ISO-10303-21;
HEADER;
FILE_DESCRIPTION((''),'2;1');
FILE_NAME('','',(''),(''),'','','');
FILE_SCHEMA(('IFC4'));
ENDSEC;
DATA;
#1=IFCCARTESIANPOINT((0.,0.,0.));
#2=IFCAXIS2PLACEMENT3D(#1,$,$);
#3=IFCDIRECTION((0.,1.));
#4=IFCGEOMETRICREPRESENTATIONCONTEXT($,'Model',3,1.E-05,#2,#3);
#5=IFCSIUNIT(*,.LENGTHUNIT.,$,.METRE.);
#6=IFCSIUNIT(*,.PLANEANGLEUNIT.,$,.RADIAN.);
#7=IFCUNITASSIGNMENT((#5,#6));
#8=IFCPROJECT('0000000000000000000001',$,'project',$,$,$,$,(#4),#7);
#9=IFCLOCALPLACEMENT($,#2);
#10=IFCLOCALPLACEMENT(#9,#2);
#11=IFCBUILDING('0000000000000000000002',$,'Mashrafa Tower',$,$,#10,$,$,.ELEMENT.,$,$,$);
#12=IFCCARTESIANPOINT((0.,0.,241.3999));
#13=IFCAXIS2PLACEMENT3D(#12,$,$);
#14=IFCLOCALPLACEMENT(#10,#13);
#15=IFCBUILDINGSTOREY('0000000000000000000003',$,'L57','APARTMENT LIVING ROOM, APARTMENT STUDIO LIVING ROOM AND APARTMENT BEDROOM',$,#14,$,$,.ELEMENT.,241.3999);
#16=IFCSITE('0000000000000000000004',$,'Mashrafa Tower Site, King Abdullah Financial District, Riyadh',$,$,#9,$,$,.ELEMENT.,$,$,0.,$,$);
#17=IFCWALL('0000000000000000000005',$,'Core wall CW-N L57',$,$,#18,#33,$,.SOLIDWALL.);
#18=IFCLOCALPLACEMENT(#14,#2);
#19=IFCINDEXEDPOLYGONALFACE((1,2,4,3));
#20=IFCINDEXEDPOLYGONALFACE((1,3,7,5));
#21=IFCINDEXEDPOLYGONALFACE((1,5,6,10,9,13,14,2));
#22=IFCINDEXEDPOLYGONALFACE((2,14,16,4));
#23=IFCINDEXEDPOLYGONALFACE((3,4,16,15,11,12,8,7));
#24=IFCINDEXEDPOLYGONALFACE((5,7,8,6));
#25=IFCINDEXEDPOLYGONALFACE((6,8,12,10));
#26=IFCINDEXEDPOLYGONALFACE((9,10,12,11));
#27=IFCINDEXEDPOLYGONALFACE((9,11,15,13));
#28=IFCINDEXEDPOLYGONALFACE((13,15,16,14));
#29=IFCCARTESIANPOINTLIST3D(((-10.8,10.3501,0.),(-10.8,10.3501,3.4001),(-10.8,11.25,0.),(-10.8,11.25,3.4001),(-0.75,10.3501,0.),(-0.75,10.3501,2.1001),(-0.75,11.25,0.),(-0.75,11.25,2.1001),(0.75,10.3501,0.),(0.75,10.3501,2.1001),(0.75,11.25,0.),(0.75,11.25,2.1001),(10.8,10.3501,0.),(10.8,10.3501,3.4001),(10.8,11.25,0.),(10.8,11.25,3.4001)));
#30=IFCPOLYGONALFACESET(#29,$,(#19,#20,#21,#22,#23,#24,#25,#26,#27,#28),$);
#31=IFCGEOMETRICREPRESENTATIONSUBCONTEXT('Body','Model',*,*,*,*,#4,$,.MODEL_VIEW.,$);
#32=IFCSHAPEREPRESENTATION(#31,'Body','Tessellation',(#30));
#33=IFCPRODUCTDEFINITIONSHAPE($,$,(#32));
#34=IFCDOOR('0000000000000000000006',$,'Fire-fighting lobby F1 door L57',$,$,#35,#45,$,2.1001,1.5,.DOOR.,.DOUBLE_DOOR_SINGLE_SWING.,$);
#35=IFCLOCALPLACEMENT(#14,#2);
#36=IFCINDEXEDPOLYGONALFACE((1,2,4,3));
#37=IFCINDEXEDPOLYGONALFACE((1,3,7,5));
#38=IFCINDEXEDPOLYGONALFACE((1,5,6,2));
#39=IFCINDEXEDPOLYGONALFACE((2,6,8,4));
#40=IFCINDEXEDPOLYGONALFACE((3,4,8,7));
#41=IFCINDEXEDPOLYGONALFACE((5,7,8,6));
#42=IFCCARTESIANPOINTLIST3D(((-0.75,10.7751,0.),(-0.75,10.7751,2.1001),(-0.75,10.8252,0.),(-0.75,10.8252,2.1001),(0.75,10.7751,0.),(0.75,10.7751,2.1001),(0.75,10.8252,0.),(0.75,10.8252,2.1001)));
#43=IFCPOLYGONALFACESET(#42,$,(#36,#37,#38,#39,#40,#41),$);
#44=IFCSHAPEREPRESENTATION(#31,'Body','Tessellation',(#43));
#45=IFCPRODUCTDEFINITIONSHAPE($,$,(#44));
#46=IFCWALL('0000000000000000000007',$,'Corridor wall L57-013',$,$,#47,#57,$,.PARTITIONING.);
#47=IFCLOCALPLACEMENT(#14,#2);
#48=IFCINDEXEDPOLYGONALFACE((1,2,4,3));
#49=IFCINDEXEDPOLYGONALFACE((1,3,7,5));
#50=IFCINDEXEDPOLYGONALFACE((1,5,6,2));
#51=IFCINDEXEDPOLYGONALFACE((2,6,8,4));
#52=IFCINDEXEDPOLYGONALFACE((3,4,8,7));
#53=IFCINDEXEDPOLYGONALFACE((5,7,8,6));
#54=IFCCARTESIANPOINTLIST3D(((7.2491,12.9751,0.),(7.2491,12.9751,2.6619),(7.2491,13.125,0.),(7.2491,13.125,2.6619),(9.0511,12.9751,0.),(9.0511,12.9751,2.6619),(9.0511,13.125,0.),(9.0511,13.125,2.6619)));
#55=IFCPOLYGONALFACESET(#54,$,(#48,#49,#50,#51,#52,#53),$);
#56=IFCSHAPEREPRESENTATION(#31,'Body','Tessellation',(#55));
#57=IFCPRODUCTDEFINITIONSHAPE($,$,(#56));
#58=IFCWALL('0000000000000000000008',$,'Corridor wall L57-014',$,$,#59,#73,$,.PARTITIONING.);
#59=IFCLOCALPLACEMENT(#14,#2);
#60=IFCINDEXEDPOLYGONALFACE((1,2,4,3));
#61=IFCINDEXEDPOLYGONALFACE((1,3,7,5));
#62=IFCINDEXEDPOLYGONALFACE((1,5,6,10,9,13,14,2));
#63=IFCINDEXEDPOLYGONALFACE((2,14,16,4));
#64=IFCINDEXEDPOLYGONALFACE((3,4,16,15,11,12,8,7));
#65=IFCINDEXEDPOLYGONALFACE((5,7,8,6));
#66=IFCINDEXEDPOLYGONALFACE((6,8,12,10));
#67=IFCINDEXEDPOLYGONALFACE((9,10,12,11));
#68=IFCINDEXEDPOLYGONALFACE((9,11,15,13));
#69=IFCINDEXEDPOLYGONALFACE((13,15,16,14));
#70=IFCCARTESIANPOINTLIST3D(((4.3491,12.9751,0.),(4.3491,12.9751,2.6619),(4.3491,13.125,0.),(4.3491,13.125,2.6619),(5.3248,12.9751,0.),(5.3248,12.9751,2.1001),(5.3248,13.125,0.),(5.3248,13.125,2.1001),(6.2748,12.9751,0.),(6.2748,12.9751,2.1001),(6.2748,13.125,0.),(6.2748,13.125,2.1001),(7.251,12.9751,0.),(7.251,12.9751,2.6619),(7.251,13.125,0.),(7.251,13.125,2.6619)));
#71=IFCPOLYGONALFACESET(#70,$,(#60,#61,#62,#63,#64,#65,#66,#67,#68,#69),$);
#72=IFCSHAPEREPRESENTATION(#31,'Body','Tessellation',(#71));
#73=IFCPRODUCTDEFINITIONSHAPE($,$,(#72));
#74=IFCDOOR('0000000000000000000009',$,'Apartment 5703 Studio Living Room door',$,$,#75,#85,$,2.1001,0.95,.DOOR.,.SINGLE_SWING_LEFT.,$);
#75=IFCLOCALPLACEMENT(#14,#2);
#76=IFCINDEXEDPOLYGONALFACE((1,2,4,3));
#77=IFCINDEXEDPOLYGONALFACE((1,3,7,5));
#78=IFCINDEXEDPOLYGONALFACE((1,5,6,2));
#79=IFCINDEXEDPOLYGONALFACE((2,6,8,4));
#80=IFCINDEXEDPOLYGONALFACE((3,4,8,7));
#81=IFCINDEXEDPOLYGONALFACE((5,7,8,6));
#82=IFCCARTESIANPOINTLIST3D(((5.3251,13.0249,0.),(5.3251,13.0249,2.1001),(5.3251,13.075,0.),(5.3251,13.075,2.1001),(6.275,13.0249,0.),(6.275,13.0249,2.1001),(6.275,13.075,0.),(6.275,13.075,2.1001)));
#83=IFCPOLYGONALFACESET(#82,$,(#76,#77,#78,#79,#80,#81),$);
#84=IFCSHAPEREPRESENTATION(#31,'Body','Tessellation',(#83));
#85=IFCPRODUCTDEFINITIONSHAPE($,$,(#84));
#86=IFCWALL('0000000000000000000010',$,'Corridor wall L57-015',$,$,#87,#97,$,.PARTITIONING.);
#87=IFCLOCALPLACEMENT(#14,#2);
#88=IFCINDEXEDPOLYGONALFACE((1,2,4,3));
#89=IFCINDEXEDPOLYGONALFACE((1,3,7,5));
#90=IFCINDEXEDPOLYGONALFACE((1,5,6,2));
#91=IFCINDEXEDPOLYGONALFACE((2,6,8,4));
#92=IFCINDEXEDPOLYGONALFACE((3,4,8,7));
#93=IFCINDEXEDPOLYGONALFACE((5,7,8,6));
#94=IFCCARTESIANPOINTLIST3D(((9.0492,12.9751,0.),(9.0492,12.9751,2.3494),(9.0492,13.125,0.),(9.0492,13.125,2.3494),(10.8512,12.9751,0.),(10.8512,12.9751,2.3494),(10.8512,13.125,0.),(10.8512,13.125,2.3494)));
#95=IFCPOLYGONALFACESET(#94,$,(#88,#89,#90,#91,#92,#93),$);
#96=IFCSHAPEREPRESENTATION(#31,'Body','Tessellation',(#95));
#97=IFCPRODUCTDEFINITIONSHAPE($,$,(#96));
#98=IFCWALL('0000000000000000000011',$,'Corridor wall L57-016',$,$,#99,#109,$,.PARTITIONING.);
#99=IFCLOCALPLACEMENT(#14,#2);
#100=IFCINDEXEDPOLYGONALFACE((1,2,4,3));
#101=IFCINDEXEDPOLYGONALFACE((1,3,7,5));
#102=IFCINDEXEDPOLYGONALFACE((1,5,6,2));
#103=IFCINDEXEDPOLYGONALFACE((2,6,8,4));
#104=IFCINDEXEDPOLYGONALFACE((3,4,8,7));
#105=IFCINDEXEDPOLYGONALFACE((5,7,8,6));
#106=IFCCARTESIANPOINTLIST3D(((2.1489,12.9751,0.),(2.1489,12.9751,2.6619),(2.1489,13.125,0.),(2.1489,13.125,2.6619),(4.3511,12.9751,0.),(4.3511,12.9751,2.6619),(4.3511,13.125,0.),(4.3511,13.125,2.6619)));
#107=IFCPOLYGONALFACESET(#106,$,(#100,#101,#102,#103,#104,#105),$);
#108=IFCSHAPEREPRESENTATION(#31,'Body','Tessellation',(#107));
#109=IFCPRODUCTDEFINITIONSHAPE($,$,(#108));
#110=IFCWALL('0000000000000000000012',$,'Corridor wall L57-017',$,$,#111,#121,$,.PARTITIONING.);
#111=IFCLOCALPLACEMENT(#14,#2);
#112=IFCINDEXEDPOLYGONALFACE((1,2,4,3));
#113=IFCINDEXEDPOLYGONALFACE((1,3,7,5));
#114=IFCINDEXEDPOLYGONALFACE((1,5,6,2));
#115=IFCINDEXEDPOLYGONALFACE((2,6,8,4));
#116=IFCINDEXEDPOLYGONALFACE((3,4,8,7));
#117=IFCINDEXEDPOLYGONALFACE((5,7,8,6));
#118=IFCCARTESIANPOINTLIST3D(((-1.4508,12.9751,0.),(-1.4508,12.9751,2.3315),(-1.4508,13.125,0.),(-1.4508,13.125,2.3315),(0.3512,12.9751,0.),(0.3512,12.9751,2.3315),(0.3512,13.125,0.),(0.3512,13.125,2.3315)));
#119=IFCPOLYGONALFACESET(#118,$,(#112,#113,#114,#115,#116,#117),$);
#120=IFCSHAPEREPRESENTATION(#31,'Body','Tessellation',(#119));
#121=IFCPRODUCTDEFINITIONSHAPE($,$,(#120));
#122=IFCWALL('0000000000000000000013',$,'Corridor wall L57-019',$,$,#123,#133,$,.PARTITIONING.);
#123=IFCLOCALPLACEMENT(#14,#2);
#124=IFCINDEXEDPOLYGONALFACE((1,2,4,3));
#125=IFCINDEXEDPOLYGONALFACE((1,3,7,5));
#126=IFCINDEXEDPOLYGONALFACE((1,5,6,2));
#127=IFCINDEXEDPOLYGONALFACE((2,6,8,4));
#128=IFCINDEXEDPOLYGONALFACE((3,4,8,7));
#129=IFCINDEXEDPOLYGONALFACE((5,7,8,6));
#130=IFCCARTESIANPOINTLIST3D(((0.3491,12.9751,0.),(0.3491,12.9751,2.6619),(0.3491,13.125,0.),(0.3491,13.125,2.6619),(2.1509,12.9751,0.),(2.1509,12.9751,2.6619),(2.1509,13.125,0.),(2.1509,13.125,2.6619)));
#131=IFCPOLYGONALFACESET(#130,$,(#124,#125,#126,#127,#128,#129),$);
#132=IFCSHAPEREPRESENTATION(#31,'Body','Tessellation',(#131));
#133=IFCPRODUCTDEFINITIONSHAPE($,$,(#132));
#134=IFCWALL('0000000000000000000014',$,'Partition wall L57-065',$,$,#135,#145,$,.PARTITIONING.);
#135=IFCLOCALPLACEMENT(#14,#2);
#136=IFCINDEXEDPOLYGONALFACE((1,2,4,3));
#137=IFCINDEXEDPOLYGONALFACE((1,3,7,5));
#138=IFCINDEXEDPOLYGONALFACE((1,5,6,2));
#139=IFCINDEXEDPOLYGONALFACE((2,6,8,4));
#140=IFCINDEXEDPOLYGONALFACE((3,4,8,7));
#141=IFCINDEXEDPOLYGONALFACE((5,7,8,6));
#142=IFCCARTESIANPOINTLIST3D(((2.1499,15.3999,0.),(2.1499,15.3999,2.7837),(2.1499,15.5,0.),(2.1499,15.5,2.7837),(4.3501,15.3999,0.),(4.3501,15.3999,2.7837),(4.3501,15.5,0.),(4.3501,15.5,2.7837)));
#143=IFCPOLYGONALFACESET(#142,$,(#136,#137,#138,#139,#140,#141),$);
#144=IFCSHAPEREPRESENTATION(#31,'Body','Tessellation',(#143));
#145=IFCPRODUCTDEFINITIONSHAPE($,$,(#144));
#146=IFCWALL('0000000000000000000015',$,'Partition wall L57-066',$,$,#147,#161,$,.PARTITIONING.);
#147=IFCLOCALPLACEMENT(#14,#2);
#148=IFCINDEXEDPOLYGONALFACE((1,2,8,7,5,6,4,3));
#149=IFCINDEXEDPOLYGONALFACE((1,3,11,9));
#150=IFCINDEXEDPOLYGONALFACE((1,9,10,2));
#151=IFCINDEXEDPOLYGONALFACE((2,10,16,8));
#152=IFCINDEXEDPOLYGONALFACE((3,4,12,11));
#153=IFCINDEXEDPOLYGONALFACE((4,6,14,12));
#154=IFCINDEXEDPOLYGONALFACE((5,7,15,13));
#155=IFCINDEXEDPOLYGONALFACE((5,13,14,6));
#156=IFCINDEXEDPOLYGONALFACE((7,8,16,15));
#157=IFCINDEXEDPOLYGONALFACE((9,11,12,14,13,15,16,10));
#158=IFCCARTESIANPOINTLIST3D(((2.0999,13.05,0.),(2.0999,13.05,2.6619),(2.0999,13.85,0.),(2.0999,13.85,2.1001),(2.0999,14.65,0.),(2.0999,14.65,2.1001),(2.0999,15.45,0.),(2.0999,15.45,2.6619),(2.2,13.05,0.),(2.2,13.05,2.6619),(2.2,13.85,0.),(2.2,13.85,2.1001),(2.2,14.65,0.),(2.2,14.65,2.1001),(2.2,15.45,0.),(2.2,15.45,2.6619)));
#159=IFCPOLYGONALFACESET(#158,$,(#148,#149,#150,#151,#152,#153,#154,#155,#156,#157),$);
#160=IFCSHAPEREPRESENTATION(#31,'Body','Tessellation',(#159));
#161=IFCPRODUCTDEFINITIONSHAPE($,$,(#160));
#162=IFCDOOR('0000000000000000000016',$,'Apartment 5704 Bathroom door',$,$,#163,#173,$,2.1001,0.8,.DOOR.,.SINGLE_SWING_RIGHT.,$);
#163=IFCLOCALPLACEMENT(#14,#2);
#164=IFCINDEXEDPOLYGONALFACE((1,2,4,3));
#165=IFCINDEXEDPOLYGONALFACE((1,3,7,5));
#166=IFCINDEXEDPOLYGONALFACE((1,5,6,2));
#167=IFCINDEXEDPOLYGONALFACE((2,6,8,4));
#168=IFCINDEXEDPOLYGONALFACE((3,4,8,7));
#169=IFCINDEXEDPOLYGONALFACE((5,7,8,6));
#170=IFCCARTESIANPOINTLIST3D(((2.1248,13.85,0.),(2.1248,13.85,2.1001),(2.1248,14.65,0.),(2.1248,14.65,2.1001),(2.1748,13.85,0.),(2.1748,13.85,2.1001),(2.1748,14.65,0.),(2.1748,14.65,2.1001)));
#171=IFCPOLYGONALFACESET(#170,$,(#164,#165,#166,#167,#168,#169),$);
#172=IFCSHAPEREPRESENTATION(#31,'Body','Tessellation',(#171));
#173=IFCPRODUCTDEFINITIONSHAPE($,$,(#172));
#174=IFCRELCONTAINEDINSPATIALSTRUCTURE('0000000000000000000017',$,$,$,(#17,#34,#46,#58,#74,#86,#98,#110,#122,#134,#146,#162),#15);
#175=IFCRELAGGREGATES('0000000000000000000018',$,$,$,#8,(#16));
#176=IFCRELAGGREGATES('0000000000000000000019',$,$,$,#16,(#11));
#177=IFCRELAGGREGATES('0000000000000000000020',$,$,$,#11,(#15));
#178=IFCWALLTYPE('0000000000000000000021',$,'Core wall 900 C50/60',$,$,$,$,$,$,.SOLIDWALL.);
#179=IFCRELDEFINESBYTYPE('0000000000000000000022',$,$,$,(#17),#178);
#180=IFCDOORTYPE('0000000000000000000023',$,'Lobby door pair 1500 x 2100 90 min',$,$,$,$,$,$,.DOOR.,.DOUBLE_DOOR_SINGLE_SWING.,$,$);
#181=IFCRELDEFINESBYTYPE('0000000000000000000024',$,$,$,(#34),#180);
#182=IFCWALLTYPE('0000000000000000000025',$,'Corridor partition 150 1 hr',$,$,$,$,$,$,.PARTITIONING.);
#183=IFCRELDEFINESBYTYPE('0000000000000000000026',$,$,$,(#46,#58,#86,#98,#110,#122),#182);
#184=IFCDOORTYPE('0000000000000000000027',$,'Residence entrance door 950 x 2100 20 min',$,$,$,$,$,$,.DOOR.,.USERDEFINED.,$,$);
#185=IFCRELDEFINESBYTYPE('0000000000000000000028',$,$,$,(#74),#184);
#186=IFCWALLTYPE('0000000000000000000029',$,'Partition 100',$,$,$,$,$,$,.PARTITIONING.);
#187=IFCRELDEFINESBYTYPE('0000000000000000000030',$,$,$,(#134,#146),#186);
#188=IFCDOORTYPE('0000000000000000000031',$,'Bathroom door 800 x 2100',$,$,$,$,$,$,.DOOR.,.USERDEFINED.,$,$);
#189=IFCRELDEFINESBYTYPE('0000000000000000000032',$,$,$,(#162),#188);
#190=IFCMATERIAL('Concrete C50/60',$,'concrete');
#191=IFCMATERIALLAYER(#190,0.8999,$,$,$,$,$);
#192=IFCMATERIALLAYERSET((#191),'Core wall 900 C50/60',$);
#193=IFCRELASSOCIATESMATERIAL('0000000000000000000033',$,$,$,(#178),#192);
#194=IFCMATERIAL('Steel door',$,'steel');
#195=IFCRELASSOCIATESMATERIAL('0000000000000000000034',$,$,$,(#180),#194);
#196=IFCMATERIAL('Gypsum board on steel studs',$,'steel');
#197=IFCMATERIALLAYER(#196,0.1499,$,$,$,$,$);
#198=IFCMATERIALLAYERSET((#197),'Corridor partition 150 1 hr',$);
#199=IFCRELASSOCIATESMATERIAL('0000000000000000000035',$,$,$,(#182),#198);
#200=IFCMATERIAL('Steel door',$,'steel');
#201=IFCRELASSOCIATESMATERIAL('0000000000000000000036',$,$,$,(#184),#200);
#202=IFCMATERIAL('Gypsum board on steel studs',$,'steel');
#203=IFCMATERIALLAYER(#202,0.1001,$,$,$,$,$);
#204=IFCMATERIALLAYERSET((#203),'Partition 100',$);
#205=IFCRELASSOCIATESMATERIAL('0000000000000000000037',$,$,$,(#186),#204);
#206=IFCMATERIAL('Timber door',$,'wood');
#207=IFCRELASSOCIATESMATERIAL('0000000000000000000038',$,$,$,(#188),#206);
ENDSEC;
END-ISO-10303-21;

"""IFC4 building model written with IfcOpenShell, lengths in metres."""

from ifc_helpers import new_model, si_unit, direction, frame, frame_2d, origin, place, context, subcontext, project, spatial, rectangle, extrude, material, layer, layer_set, type_object, element, fill, save


model = new_model("IFC4")

# Units and contexts
model_context = context("Model", 3, precision=1e-05, world=origin(), true_north=direction((0.0, 1.0)))
body_context = subcontext(model_context, "Body", "Model", "MODEL_VIEW")
ifc_project = project(units=[si_unit("LENGTHUNIT", "METRE"), si_unit("PLANEANGLEUNIT", "RADIAN")], contexts=[model_context])

# Site, building, storey
site_placement = place(None, origin())
site = spatial("IfcSite", under=ifc_project, at=site_placement, Name="Mashrafa Tower Site, King Abdullah Financial District, Riyadh", CompositionType="ELEMENT", RefElevation=0.0)
building_placement = place(site_placement, origin())
building = spatial("IfcBuilding", under=site, at=building_placement, Name="Mashrafa Tower", CompositionType="ELEMENT")
storey_placement = place(building_placement, frame((0.0, 0.0, 241.3999)))
storey = spatial("IfcBuildingStorey", under=building, at=storey_placement, Name="L57", Description="APARTMENT LIVING ROOM, APARTMENT STUDIO LIVING ROOM AND APARTMENT BEDROOM", CompositionType="ELEMENT", Elevation=241.3999)

# Wall, opening, door
ifc_material_1 = material(Name="Concrete C50/60", Category="concrete")
ifc_layer_1 = layer(ifc_material_1, 0.8999)
ifc_layer_set_1 = layer_set([ifc_layer_1], Name="Core wall 900 C50/60")
wall_type_1 = type_object("IfcWallType", Name="Core wall 900 C50/60", PredefinedType="SOLIDWALL", material=ifc_layer_set_1)
wall_1_placement = place(storey_placement, frame((10.8, 10.8, 0.0), z_axis=(0.0, 0.0, 1.0), x_axis=(-1.0, 0.0, 0.0)))
wall_1 = element("IfcWall", 1, at=wall_1_placement, inside=storey, type_object=wall_type_1, Name="Core wall CW-N L57", PredefinedType="SOLIDWALL", context=body_context, shape_type="SweptSolid", body=[
    extrude(rectangle(XDim=21.6001, YDim=0.8999, at=frame_2d((10.8, 0.0))), origin(), (0.0, 0.0, 1.0), 3.4001),
])
opening_1_placement = place(wall_1_placement, frame((10.05, 0.0, 0.0)))
opening_1 = element("IfcOpeningElement", 2, at=opening_1_placement, cuts=wall_1, PredefinedType="OPENING", context=body_context, shape_type="SweptSolid", body=[
    extrude(rectangle(XDim=1.5, YDim=2.1001, at=frame_2d((0.75, 1.05))), frame((0.0, 0.46, 0.0), z_axis=(0.0, -1.0, 0.0), x_axis=(1.0, 0.0, 0.0)), (0.0, 0.0, 1.0), 0.9199),
])
ifc_material_2 = material(Name="Steel door", Category="steel")
door_type_1 = type_object("IfcDoorType", Name="Lobby door pair 1500 x 2100 90 min", OperationType="DOUBLE_DOOR_SINGLE_SWING", PredefinedType="DOOR", material=ifc_material_2)
door_1_placement = place(opening_1_placement, origin())
door_1 = element("IfcDoor", 3, at=door_1_placement, inside=storey, type_object=door_type_1, Name="Fire-fighting lobby F1 door L57", OperationType="DOUBLE_DOOR_SINGLE_SWING", OverallHeight=2.1001, OverallWidth=1.5, PredefinedType="DOOR", context=body_context, shape_type="SweptSolid", body=[
    extrude(rectangle(XDim=1.5, YDim=2.1001, at=frame_2d((0.75, 1.05))), frame((0.0, 0.0249, 0.0), z_axis=(0.0, -1.0, 0.0), x_axis=(1.0, 0.0, 0.0)), (0.0, 0.0, 1.0), 0.05),
])
fill(opening_1, door_1)

# Wall
ifc_material_3 = material(Name="Gypsum board on steel studs", Category="steel")
ifc_layer_2 = layer(ifc_material_3, 0.1499)
ifc_layer_set_2 = layer_set([ifc_layer_2], Name="Corridor partition 150 1 hr")
wall_type_2 = type_object("IfcWallType", Name="Corridor partition 150 1 hr", PredefinedType="PARTITIONING", material=ifc_layer_set_2)
wall_2_placement = place(storey_placement, frame((9.051, 13.05, 0.0), z_axis=(0.0, 0.0, 1.0), x_axis=(-1.0, 0.0, 0.0)))
element("IfcWall", 4, at=wall_2_placement, inside=storey, type_object=wall_type_2, Name="Corridor wall L57-013", PredefinedType="PARTITIONING", context=body_context, shape_type="SweptSolid", body=[
    extrude(rectangle(XDim=1.802, YDim=0.1499, at=frame_2d((0.9009, 0.0))), origin(), (0.0, 0.0, 1.0), 2.6619),
])

# Wall, opening, door
wall_3_placement = place(storey_placement, frame((7.251, 13.05, 0.0), z_axis=(0.0, 0.0, 1.0), x_axis=(-1.0, 0.0, 0.0)))
wall_3 = element("IfcWall", 5, at=wall_3_placement, inside=storey, type_object=wall_type_2, Name="Corridor wall L57-014", PredefinedType="PARTITIONING", context=body_context, shape_type="SweptSolid", body=[
    extrude(rectangle(XDim=2.9019, YDim=0.1499, at=frame_2d((1.4509, 0.0))), origin(), (0.0, 0.0, 1.0), 2.6619),
])
opening_2_placement = place(wall_3_placement, frame((0.9761, 0.0, 0.0)))
opening_2 = element("IfcOpeningElement", 6, at=opening_2_placement, cuts=wall_3, PredefinedType="OPENING", context=body_context, shape_type="SweptSolid", body=[
    extrude(rectangle(XDim=0.95, YDim=2.1001, at=frame_2d((0.4751, 1.05))), frame((0.0, 0.085, 0.0), z_axis=(0.0, -1.0, 0.0), x_axis=(1.0, 0.0, 0.0)), (0.0, 0.0, 1.0), 0.1699),
])
ifc_material_4 = material(Name="Steel door", Category="steel")
door_type_2 = type_object("IfcDoorType", Name="Residence entrance door 950 x 2100 20 min", OperationType="USERDEFINED", PredefinedType="DOOR", material=ifc_material_4)
door_2_placement = place(opening_2_placement, frame((0.95, 0.0, 0.0), z_axis=(0.0, 0.0, 1.0), x_axis=(-1.0, 0.0, 0.0)))
door_2 = element("IfcDoor", 7, at=door_2_placement, inside=storey, type_object=door_type_2, Name="Apartment 5703 Studio Living Room door", OperationType="SINGLE_SWING_LEFT", OverallHeight=2.1001, OverallWidth=0.95, PredefinedType="DOOR", context=body_context, shape_type="SweptSolid", body=[
    extrude(rectangle(XDim=0.95, YDim=2.1001, at=frame_2d((0.4751, 1.05))), frame((0.0, 0.0249, 0.0), z_axis=(0.0, -1.0, 0.0), x_axis=(1.0, 0.0, 0.0)), (0.0, 0.0, 1.0), 0.05),
])
fill(opening_2, door_2)

# Walls
wall_4_placement = place(storey_placement, frame((10.8511, 13.05, 0.0), z_axis=(0.0, 0.0, 1.0), x_axis=(-1.0, 0.0, 0.0)))
element("IfcWall", 8, at=wall_4_placement, inside=storey, type_object=wall_type_2, Name="Corridor wall L57-015", PredefinedType="PARTITIONING", context=body_context, shape_type="SweptSolid", body=[
    extrude(rectangle(XDim=1.802, YDim=0.1499, at=frame_2d((0.9009, 0.0))), origin(), (0.0, 0.0, 1.0), 2.3494),
])
wall_5_placement = place(storey_placement, frame((4.3511, 13.05, 0.0), z_axis=(0.0, 0.0, 1.0), x_axis=(-1.0, 0.0, 0.0)))
element("IfcWall", 9, at=wall_5_placement, inside=storey, type_object=wall_type_2, Name="Corridor wall L57-016", PredefinedType="PARTITIONING", context=body_context, shape_type="SweptSolid", body=[
    extrude(rectangle(XDim=2.2021, YDim=0.1499, at=frame_2d((1.1011, 0.0))), origin(), (0.0, 0.0, 1.0), 2.6619),
])
wall_6_placement = place(storey_placement, frame((0.3511, 13.05, 0.0), z_axis=(0.0, 0.0, 1.0), x_axis=(-1.0, 0.0, 0.0)))
element("IfcWall", 10, at=wall_6_placement, inside=storey, type_object=wall_type_2, Name="Corridor wall L57-017", PredefinedType="PARTITIONING", context=body_context, shape_type="SweptSolid", body=[
    extrude(rectangle(XDim=1.802, YDim=0.1499, at=frame_2d((0.9009, 0.0))), origin(), (0.0, 0.0, 1.0), 2.3315),
])
wall_7_placement = place(storey_placement, frame((2.1509, 13.05, 0.0), z_axis=(0.0, 0.0, 1.0), x_axis=(-1.0, 0.0, 0.0)))
element("IfcWall", 11, at=wall_7_placement, inside=storey, type_object=wall_type_2, Name="Corridor wall L57-019", PredefinedType="PARTITIONING", context=body_context, shape_type="SweptSolid", body=[
    extrude(rectangle(XDim=1.8018, YDim=0.1499, at=frame_2d((0.9009, 0.0))), origin(), (0.0, 0.0, 1.0), 2.6619),
])
ifc_material_5 = material(Name="Gypsum board on steel studs", Category="steel")
ifc_layer_3 = layer(ifc_material_5, 0.1001)
ifc_layer_set_3 = layer_set([ifc_layer_3], Name="Partition 100")
wall_type_3 = type_object("IfcWallType", Name="Partition 100", PredefinedType="PARTITIONING", material=ifc_layer_set_3)
wall_8_placement = place(storey_placement, frame((4.3501, 15.45, 0.0), z_axis=(0.0, 0.0, 1.0), x_axis=(-1.0, 0.0, 0.0)))
element("IfcWall", 12, at=wall_8_placement, inside=storey, type_object=wall_type_3, Name="Partition wall L57-065", PredefinedType="PARTITIONING", context=body_context, shape_type="SweptSolid", body=[
    extrude(rectangle(XDim=2.2002, YDim=0.1001, at=frame_2d((1.1001, 0.0))), origin(), (0.0, 0.0, 1.0), 2.7837),
])

# Wall, opening, door
wall_9_placement = place(storey_placement, frame((2.1499, 15.45, 0.0), z_axis=(0.0, 0.0, 1.0), x_axis=(0.0, -1.0, 0.0)))
wall_9 = element("IfcWall", 13, at=wall_9_placement, inside=storey, type_object=wall_type_3, Name="Partition wall L57-066", PredefinedType="PARTITIONING", context=body_context, shape_type="SweptSolid", body=[
    extrude(rectangle(XDim=2.3999, YDim=0.1001, at=frame_2d((1.2, 0.0))), origin(), (0.0, 0.0, 1.0), 2.6619),
])
opening_3_placement = place(wall_9_placement, frame((0.8, 0.0, 0.0)))
opening_3 = element("IfcOpeningElement", 14, at=opening_3_placement, cuts=wall_9, PredefinedType="OPENING", context=body_context, shape_type="SweptSolid", body=[
    extrude(rectangle(XDim=0.8, YDim=2.1001, at=frame_2d((0.3999, 1.05))), frame((0.0, 0.0601, 0.0), z_axis=(0.0, -1.0, 0.0), x_axis=(1.0, 0.0, 0.0)), (0.0, 0.0, 1.0), 0.1201),
])
ifc_material_6 = material(Name="Timber door", Category="wood")
door_type_3 = type_object("IfcDoorType", Name="Bathroom door 800 x 2100", OperationType="USERDEFINED", PredefinedType="DOOR", material=ifc_material_6)
door_3_placement = place(opening_3_placement, origin())
door_3 = element("IfcDoor", 15, at=door_3_placement, inside=storey, type_object=door_type_3, Name="Apartment 5704 Bathroom door", OperationType="SINGLE_SWING_RIGHT", OverallHeight=2.1001, OverallWidth=0.8, PredefinedType="DOOR", context=body_context, shape_type="SweptSolid", body=[
    extrude(rectangle(XDim=0.8, YDim=2.1001, at=frame_2d((0.3999, 1.05))), frame((0.0, 0.0249, 0.0), z_axis=(0.0, -1.0, 0.0), x_axis=(1.0, 0.0, 0.0)), (0.0, 0.0, 1.0), 0.05),
])
fill(opening_3, door_3)

save(model, "model.ifc")
